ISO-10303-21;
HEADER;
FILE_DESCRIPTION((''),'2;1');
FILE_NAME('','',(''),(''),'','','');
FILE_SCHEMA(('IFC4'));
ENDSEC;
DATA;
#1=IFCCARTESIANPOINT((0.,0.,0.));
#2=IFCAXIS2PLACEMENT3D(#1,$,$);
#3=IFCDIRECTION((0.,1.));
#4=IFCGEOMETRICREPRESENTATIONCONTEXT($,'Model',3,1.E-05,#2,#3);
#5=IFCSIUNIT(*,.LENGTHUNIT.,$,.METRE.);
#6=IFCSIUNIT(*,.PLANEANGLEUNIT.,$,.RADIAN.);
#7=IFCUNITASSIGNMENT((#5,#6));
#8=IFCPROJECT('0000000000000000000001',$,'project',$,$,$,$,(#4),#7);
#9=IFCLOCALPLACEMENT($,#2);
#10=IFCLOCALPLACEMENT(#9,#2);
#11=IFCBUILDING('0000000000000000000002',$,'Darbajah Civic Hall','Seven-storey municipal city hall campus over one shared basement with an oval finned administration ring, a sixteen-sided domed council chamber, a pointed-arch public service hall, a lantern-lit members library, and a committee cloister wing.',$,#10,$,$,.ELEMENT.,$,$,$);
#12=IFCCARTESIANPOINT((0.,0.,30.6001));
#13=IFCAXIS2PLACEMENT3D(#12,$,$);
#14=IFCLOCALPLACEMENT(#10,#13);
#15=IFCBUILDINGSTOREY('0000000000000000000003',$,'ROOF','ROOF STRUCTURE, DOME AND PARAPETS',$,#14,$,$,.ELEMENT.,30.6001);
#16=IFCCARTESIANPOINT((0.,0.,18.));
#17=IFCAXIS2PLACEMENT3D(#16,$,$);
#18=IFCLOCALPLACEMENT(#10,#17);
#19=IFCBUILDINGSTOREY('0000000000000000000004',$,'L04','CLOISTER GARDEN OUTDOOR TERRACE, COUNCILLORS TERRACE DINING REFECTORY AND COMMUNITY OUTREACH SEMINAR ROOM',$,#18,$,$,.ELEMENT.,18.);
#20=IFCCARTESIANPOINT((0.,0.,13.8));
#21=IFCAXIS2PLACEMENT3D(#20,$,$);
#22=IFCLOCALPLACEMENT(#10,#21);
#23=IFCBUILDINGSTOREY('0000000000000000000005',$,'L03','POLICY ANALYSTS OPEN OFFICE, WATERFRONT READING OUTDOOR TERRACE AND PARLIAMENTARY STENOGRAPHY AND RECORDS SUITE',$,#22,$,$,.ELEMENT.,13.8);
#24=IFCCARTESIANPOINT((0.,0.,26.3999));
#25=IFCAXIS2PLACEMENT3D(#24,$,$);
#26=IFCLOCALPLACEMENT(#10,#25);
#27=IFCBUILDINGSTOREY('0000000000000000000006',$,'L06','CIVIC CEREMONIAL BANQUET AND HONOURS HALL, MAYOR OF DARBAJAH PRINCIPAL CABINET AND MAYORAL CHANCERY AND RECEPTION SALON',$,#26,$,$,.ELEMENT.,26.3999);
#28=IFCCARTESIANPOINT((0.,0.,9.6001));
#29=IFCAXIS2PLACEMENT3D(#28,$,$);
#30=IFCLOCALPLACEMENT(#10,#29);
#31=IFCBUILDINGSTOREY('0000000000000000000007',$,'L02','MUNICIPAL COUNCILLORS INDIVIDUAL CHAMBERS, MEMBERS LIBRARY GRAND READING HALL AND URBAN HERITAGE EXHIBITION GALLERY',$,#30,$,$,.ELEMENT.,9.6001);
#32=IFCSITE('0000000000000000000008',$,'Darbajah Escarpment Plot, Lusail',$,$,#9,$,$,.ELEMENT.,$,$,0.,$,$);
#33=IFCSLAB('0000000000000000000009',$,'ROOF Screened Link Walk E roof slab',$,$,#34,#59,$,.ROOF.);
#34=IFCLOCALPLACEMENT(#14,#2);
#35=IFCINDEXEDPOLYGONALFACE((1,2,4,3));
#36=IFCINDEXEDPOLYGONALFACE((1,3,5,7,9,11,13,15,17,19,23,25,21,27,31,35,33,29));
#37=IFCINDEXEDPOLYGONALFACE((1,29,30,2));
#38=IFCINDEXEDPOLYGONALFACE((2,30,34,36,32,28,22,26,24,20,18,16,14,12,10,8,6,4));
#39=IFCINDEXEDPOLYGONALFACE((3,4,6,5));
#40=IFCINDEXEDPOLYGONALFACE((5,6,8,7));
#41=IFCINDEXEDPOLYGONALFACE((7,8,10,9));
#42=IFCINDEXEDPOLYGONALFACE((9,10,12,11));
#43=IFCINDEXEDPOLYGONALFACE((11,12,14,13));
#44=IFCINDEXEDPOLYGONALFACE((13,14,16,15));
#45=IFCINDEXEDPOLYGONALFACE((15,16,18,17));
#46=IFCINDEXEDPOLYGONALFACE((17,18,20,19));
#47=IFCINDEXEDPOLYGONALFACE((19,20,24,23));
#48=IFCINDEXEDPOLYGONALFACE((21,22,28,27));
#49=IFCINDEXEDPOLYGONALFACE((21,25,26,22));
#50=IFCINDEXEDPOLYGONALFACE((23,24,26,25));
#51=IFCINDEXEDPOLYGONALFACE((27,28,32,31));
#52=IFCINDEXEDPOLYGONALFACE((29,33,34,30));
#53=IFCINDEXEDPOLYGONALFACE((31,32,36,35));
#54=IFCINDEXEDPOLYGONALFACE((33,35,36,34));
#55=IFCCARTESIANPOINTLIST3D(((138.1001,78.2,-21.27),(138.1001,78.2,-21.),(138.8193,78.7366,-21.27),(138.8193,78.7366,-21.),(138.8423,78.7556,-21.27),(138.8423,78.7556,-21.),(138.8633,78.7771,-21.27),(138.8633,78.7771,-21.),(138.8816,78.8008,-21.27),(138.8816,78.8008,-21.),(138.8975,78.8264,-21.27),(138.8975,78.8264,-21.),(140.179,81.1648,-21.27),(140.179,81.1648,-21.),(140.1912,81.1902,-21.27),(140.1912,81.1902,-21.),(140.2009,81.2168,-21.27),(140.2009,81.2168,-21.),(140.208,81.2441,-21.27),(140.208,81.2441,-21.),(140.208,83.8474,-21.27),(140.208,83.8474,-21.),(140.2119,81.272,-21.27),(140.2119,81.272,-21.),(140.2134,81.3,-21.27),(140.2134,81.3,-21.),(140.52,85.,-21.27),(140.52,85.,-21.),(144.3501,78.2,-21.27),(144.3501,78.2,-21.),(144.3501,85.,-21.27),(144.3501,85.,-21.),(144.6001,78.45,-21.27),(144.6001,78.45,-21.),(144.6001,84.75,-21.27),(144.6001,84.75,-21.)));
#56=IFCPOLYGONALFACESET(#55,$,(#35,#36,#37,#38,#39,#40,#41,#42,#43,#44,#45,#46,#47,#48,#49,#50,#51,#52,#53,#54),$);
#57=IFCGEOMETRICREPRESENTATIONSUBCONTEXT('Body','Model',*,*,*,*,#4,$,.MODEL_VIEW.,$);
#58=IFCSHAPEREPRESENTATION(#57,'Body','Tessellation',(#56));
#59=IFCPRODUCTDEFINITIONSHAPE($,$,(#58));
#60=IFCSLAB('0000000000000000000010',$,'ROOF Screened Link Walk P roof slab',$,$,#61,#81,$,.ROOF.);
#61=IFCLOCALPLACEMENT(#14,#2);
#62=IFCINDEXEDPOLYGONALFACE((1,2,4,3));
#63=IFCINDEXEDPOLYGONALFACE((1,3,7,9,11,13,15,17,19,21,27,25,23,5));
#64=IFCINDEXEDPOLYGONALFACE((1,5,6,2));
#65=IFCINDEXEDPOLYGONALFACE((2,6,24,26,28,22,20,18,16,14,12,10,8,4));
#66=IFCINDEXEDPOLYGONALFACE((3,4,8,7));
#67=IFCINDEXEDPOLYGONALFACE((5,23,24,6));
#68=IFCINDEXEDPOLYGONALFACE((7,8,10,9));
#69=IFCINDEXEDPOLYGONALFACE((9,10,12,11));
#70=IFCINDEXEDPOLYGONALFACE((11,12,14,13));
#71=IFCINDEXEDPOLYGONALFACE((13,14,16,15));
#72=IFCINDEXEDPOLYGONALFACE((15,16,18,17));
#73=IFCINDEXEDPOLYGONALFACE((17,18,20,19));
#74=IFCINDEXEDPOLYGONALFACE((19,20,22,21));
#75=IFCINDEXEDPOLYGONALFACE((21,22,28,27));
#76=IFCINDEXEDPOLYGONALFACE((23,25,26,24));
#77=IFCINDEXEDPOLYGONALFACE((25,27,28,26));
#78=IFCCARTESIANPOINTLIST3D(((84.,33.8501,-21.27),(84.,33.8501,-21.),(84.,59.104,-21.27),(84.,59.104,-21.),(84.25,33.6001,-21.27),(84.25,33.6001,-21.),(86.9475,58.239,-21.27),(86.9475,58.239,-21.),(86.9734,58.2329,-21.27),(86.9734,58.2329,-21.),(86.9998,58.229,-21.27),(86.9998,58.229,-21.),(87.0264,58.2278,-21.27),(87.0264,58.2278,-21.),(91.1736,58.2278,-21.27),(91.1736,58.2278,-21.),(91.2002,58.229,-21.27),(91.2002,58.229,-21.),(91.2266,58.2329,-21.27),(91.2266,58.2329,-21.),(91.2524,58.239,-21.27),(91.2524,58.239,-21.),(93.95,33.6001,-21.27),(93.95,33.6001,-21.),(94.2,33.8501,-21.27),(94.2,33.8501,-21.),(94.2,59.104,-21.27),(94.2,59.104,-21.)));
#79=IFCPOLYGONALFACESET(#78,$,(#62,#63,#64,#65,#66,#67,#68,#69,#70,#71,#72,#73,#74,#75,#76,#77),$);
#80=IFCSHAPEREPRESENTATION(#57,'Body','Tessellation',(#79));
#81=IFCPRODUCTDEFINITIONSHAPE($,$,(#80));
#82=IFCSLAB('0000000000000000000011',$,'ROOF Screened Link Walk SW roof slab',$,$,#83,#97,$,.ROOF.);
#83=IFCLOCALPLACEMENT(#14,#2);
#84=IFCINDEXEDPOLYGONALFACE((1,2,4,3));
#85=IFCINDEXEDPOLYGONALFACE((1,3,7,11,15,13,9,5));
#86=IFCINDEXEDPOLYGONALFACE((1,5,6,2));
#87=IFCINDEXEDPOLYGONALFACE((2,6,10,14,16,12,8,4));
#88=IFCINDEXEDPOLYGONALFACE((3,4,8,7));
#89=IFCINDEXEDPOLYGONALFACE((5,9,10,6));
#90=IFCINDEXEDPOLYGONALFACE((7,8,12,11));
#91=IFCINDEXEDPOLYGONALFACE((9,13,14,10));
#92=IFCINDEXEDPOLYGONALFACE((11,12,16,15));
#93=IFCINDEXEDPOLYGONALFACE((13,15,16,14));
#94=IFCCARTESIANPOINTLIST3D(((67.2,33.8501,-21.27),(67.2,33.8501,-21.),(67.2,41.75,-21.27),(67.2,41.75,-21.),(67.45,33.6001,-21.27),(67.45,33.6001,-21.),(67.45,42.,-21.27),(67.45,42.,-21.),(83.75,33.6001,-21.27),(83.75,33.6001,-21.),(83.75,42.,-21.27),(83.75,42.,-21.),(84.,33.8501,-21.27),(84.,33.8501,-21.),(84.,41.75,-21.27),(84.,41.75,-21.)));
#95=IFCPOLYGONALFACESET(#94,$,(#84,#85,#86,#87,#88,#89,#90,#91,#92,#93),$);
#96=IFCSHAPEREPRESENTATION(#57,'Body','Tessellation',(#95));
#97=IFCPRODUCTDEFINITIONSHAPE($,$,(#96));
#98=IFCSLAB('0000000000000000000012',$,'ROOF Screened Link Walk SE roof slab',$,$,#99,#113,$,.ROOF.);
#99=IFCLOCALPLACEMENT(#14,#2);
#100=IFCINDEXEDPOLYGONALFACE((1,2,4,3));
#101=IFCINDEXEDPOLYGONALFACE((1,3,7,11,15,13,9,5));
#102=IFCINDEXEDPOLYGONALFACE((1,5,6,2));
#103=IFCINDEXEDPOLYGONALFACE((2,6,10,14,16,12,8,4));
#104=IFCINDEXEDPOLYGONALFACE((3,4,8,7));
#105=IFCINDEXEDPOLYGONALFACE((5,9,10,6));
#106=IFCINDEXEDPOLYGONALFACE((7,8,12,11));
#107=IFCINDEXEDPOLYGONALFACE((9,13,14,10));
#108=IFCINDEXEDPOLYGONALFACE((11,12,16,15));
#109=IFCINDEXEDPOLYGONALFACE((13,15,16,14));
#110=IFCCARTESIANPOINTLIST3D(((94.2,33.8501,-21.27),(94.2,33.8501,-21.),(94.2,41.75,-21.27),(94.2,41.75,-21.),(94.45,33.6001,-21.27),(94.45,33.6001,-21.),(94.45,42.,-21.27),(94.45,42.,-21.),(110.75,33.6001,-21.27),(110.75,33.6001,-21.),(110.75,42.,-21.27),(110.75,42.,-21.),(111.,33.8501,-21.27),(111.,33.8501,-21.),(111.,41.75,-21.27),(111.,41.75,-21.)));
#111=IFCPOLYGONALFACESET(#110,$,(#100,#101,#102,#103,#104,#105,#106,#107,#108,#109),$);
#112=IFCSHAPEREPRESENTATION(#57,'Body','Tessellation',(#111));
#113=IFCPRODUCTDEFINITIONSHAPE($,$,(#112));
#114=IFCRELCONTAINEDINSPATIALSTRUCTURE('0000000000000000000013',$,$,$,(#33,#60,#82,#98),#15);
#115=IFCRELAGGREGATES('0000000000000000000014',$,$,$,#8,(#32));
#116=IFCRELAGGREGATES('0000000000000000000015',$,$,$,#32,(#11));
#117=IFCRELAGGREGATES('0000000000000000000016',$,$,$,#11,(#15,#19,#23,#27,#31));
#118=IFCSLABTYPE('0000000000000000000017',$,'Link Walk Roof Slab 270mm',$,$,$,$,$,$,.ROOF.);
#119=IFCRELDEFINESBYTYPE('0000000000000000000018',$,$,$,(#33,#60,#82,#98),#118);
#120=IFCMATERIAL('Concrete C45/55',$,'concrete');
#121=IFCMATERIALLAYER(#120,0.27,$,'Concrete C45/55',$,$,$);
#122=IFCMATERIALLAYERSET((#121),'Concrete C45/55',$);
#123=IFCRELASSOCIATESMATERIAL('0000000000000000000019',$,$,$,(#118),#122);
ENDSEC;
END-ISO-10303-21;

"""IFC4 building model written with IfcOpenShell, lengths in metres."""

from ifc_helpers import new_model, si_unit, direction, frame, origin, place, context, subcontext, project, spatial, polyline, outline, extrude, material, layer, layer_set, type_object, element, save


model = new_model("IFC4")

# Units and contexts
model_context = context("Model", 3, precision=1e-05, world=origin(), true_north=direction((0.0, 1.0)))
body_context = subcontext(model_context, "Body", "Model", "MODEL_VIEW")
ifc_project = project(units=[si_unit("LENGTHUNIT", "METRE"), si_unit("PLANEANGLEUNIT", "RADIAN")], contexts=[model_context])

# Site, building, storey
site_placement = place(None, origin())
site = spatial("IfcSite", under=ifc_project, at=site_placement, Name="Darbajah Escarpment Plot, Lusail", CompositionType="ELEMENT", RefElevation=0.0)
building_placement = place(site_placement, origin())
building = spatial("IfcBuilding", under=site, at=building_placement, Name="Darbajah Civic Hall", Description="Seven-storey municipal city hall campus over one shared basement with an oval finned administration ring, a sixteen-sided domed council chamber, a pointed-arch public service hall, a lantern-lit members library, and a committee cloister wing.", CompositionType="ELEMENT")
storey_1_placement = place(building_placement, frame((0.0, 0.0, 30.6001)))
storey_1 = spatial("IfcBuildingStorey", under=building, at=storey_1_placement, Name="ROOF", Description="ROOF STRUCTURE, DOME AND PARAPETS", CompositionType="ELEMENT", Elevation=30.6001)

# Shared definitions
ifc_material_1 = material(Name="Concrete C45/55", Category="concrete")

# Shared definitions
storey_2_placement = place(building_placement, frame((0.0, 0.0, 18.0)))
storey_2 = spatial("IfcBuildingStorey", under=building, at=storey_2_placement, Name="L04", Description="CLOISTER GARDEN OUTDOOR TERRACE, COUNCILLORS TERRACE DINING REFECTORY AND COMMUNITY OUTREACH SEMINAR ROOM", CompositionType="ELEMENT", Elevation=18.0)

# Shared definitions
storey_3_placement = place(building_placement, frame((0.0, 0.0, 13.8)))
storey_3 = spatial("IfcBuildingStorey", under=building, at=storey_3_placement, Name="L03", Description="POLICY ANALYSTS OPEN OFFICE, WATERFRONT READING OUTDOOR TERRACE AND PARLIAMENTARY STENOGRAPHY AND RECORDS SUITE", CompositionType="ELEMENT", Elevation=13.8)

# Slabs
ifc_layer_1 = layer(ifc_material_1, 0.27, Name="Concrete C45/55")
ifc_layer_set_1 = layer_set([ifc_layer_1], Name="Concrete C45/55")
slab_type_1 = type_object("IfcSlabType", Name="Link Walk Roof Slab 270mm", PredefinedType="ROOF", material=ifc_layer_set_1)
slab_1_placement = place(storey_1_placement, frame((0.0, 0.0, -21.27)))
element("IfcSlab", 1, at=slab_1_placement, inside=storey_1, type_object=slab_type_1, Name="ROOF Screened Link Walk E roof slab", PredefinedType="ROOF", context=body_context, shape_type="SweptSolid", body=[
    extrude(outline(polyline([(144.3501, 85.0), (144.6001, 84.75), (144.6001, 78.45), (144.3501, 78.2), (138.1001, 78.2), (138.8193, 78.7366), (138.8423, 78.7556), (138.8633, 78.7771), (138.8816, 78.8008), (138.8975, 78.8264), (140.179, 81.1648), (140.1912, 81.1902), (140.2009, 81.2168), (140.208, 81.2441), (140.2119, 81.272), (140.2134, 81.3), (140.208, 83.8474), (140.52, 85.0), (144.3501, 85.0)])), origin(), (0.0, 0.0, 1.0), 0.27),
])
slab_2_placement = place(storey_1_placement, frame((0.0, 0.0, -21.27)))
element("IfcSlab", 2, at=slab_2_placement, inside=storey_1, type_object=slab_type_1, Name="ROOF Screened Link Walk P roof slab", PredefinedType="ROOF", context=body_context, shape_type="SweptSolid", body=[
    extrude(outline(polyline([(94.2, 33.8501), (93.95, 33.6001), (84.25, 33.6001), (84.0, 33.8501), (84.0, 59.104), (86.9475, 58.239), (86.9734, 58.2329), (86.9998, 58.229), (87.0264, 58.2278), (91.1736, 58.2278), (91.2002, 58.229), (91.2266, 58.2329), (91.2524, 58.239), (94.2, 59.104), (94.2, 33.8501)])), origin(), (0.0, 0.0, 1.0), 0.27),
])
slab_3_placement = place(storey_1_placement, frame((0.0, 0.0, -21.27)))
element("IfcSlab", 3, at=slab_3_placement, inside=storey_1, type_object=slab_type_1, Name="ROOF Screened Link Walk SW roof slab", PredefinedType="ROOF", context=body_context, shape_type="SweptSolid", body=[
    extrude(outline(polyline([(67.2, 33.8501), (67.2, 41.75), (67.45, 42.0), (83.75, 42.0), (84.0, 41.75), (84.0, 33.8501), (83.75, 33.6001), (67.45, 33.6001), (67.2, 33.8501)])), origin(), (0.0, 0.0, 1.0), 0.27),
])
slab_4_placement = place(storey_1_placement, frame((0.0, 0.0, -21.27)))
element("IfcSlab", 4, at=slab_4_placement, inside=storey_1, type_object=slab_type_1, Name="ROOF Screened Link Walk SE roof slab", PredefinedType="ROOF", context=body_context, shape_type="SweptSolid", body=[
    extrude(outline(polyline([(94.2, 33.8501), (94.2, 41.75), (94.45, 42.0), (110.75, 42.0), (111.0, 41.75), (111.0, 33.8501), (110.75, 33.6001), (94.45, 33.6001), (94.2, 33.8501)])), origin(), (0.0, 0.0, 1.0), 0.27),
])

# Shared definitions
storey_4_placement = place(building_placement, frame((0.0, 0.0, 26.3999)))
storey_4 = spatial("IfcBuildingStorey", under=building, at=storey_4_placement, Name="L06", Description="CIVIC CEREMONIAL BANQUET AND HONOURS HALL, MAYOR OF DARBAJAH PRINCIPAL CABINET AND MAYORAL CHANCERY AND RECEPTION SALON", CompositionType="ELEMENT", Elevation=26.3999)

# Shared definitions
storey_5_placement = place(building_placement, frame((0.0, 0.0, 9.6001)))
storey_5 = spatial("IfcBuildingStorey", under=building, at=storey_5_placement, Name="L02", Description="MUNICIPAL COUNCILLORS INDIVIDUAL CHAMBERS, MEMBERS LIBRARY GRAND READING HALL AND URBAN HERITAGE EXHIBITION GALLERY", CompositionType="ELEMENT", Elevation=9.6001)

save(model, "model.ifc")
